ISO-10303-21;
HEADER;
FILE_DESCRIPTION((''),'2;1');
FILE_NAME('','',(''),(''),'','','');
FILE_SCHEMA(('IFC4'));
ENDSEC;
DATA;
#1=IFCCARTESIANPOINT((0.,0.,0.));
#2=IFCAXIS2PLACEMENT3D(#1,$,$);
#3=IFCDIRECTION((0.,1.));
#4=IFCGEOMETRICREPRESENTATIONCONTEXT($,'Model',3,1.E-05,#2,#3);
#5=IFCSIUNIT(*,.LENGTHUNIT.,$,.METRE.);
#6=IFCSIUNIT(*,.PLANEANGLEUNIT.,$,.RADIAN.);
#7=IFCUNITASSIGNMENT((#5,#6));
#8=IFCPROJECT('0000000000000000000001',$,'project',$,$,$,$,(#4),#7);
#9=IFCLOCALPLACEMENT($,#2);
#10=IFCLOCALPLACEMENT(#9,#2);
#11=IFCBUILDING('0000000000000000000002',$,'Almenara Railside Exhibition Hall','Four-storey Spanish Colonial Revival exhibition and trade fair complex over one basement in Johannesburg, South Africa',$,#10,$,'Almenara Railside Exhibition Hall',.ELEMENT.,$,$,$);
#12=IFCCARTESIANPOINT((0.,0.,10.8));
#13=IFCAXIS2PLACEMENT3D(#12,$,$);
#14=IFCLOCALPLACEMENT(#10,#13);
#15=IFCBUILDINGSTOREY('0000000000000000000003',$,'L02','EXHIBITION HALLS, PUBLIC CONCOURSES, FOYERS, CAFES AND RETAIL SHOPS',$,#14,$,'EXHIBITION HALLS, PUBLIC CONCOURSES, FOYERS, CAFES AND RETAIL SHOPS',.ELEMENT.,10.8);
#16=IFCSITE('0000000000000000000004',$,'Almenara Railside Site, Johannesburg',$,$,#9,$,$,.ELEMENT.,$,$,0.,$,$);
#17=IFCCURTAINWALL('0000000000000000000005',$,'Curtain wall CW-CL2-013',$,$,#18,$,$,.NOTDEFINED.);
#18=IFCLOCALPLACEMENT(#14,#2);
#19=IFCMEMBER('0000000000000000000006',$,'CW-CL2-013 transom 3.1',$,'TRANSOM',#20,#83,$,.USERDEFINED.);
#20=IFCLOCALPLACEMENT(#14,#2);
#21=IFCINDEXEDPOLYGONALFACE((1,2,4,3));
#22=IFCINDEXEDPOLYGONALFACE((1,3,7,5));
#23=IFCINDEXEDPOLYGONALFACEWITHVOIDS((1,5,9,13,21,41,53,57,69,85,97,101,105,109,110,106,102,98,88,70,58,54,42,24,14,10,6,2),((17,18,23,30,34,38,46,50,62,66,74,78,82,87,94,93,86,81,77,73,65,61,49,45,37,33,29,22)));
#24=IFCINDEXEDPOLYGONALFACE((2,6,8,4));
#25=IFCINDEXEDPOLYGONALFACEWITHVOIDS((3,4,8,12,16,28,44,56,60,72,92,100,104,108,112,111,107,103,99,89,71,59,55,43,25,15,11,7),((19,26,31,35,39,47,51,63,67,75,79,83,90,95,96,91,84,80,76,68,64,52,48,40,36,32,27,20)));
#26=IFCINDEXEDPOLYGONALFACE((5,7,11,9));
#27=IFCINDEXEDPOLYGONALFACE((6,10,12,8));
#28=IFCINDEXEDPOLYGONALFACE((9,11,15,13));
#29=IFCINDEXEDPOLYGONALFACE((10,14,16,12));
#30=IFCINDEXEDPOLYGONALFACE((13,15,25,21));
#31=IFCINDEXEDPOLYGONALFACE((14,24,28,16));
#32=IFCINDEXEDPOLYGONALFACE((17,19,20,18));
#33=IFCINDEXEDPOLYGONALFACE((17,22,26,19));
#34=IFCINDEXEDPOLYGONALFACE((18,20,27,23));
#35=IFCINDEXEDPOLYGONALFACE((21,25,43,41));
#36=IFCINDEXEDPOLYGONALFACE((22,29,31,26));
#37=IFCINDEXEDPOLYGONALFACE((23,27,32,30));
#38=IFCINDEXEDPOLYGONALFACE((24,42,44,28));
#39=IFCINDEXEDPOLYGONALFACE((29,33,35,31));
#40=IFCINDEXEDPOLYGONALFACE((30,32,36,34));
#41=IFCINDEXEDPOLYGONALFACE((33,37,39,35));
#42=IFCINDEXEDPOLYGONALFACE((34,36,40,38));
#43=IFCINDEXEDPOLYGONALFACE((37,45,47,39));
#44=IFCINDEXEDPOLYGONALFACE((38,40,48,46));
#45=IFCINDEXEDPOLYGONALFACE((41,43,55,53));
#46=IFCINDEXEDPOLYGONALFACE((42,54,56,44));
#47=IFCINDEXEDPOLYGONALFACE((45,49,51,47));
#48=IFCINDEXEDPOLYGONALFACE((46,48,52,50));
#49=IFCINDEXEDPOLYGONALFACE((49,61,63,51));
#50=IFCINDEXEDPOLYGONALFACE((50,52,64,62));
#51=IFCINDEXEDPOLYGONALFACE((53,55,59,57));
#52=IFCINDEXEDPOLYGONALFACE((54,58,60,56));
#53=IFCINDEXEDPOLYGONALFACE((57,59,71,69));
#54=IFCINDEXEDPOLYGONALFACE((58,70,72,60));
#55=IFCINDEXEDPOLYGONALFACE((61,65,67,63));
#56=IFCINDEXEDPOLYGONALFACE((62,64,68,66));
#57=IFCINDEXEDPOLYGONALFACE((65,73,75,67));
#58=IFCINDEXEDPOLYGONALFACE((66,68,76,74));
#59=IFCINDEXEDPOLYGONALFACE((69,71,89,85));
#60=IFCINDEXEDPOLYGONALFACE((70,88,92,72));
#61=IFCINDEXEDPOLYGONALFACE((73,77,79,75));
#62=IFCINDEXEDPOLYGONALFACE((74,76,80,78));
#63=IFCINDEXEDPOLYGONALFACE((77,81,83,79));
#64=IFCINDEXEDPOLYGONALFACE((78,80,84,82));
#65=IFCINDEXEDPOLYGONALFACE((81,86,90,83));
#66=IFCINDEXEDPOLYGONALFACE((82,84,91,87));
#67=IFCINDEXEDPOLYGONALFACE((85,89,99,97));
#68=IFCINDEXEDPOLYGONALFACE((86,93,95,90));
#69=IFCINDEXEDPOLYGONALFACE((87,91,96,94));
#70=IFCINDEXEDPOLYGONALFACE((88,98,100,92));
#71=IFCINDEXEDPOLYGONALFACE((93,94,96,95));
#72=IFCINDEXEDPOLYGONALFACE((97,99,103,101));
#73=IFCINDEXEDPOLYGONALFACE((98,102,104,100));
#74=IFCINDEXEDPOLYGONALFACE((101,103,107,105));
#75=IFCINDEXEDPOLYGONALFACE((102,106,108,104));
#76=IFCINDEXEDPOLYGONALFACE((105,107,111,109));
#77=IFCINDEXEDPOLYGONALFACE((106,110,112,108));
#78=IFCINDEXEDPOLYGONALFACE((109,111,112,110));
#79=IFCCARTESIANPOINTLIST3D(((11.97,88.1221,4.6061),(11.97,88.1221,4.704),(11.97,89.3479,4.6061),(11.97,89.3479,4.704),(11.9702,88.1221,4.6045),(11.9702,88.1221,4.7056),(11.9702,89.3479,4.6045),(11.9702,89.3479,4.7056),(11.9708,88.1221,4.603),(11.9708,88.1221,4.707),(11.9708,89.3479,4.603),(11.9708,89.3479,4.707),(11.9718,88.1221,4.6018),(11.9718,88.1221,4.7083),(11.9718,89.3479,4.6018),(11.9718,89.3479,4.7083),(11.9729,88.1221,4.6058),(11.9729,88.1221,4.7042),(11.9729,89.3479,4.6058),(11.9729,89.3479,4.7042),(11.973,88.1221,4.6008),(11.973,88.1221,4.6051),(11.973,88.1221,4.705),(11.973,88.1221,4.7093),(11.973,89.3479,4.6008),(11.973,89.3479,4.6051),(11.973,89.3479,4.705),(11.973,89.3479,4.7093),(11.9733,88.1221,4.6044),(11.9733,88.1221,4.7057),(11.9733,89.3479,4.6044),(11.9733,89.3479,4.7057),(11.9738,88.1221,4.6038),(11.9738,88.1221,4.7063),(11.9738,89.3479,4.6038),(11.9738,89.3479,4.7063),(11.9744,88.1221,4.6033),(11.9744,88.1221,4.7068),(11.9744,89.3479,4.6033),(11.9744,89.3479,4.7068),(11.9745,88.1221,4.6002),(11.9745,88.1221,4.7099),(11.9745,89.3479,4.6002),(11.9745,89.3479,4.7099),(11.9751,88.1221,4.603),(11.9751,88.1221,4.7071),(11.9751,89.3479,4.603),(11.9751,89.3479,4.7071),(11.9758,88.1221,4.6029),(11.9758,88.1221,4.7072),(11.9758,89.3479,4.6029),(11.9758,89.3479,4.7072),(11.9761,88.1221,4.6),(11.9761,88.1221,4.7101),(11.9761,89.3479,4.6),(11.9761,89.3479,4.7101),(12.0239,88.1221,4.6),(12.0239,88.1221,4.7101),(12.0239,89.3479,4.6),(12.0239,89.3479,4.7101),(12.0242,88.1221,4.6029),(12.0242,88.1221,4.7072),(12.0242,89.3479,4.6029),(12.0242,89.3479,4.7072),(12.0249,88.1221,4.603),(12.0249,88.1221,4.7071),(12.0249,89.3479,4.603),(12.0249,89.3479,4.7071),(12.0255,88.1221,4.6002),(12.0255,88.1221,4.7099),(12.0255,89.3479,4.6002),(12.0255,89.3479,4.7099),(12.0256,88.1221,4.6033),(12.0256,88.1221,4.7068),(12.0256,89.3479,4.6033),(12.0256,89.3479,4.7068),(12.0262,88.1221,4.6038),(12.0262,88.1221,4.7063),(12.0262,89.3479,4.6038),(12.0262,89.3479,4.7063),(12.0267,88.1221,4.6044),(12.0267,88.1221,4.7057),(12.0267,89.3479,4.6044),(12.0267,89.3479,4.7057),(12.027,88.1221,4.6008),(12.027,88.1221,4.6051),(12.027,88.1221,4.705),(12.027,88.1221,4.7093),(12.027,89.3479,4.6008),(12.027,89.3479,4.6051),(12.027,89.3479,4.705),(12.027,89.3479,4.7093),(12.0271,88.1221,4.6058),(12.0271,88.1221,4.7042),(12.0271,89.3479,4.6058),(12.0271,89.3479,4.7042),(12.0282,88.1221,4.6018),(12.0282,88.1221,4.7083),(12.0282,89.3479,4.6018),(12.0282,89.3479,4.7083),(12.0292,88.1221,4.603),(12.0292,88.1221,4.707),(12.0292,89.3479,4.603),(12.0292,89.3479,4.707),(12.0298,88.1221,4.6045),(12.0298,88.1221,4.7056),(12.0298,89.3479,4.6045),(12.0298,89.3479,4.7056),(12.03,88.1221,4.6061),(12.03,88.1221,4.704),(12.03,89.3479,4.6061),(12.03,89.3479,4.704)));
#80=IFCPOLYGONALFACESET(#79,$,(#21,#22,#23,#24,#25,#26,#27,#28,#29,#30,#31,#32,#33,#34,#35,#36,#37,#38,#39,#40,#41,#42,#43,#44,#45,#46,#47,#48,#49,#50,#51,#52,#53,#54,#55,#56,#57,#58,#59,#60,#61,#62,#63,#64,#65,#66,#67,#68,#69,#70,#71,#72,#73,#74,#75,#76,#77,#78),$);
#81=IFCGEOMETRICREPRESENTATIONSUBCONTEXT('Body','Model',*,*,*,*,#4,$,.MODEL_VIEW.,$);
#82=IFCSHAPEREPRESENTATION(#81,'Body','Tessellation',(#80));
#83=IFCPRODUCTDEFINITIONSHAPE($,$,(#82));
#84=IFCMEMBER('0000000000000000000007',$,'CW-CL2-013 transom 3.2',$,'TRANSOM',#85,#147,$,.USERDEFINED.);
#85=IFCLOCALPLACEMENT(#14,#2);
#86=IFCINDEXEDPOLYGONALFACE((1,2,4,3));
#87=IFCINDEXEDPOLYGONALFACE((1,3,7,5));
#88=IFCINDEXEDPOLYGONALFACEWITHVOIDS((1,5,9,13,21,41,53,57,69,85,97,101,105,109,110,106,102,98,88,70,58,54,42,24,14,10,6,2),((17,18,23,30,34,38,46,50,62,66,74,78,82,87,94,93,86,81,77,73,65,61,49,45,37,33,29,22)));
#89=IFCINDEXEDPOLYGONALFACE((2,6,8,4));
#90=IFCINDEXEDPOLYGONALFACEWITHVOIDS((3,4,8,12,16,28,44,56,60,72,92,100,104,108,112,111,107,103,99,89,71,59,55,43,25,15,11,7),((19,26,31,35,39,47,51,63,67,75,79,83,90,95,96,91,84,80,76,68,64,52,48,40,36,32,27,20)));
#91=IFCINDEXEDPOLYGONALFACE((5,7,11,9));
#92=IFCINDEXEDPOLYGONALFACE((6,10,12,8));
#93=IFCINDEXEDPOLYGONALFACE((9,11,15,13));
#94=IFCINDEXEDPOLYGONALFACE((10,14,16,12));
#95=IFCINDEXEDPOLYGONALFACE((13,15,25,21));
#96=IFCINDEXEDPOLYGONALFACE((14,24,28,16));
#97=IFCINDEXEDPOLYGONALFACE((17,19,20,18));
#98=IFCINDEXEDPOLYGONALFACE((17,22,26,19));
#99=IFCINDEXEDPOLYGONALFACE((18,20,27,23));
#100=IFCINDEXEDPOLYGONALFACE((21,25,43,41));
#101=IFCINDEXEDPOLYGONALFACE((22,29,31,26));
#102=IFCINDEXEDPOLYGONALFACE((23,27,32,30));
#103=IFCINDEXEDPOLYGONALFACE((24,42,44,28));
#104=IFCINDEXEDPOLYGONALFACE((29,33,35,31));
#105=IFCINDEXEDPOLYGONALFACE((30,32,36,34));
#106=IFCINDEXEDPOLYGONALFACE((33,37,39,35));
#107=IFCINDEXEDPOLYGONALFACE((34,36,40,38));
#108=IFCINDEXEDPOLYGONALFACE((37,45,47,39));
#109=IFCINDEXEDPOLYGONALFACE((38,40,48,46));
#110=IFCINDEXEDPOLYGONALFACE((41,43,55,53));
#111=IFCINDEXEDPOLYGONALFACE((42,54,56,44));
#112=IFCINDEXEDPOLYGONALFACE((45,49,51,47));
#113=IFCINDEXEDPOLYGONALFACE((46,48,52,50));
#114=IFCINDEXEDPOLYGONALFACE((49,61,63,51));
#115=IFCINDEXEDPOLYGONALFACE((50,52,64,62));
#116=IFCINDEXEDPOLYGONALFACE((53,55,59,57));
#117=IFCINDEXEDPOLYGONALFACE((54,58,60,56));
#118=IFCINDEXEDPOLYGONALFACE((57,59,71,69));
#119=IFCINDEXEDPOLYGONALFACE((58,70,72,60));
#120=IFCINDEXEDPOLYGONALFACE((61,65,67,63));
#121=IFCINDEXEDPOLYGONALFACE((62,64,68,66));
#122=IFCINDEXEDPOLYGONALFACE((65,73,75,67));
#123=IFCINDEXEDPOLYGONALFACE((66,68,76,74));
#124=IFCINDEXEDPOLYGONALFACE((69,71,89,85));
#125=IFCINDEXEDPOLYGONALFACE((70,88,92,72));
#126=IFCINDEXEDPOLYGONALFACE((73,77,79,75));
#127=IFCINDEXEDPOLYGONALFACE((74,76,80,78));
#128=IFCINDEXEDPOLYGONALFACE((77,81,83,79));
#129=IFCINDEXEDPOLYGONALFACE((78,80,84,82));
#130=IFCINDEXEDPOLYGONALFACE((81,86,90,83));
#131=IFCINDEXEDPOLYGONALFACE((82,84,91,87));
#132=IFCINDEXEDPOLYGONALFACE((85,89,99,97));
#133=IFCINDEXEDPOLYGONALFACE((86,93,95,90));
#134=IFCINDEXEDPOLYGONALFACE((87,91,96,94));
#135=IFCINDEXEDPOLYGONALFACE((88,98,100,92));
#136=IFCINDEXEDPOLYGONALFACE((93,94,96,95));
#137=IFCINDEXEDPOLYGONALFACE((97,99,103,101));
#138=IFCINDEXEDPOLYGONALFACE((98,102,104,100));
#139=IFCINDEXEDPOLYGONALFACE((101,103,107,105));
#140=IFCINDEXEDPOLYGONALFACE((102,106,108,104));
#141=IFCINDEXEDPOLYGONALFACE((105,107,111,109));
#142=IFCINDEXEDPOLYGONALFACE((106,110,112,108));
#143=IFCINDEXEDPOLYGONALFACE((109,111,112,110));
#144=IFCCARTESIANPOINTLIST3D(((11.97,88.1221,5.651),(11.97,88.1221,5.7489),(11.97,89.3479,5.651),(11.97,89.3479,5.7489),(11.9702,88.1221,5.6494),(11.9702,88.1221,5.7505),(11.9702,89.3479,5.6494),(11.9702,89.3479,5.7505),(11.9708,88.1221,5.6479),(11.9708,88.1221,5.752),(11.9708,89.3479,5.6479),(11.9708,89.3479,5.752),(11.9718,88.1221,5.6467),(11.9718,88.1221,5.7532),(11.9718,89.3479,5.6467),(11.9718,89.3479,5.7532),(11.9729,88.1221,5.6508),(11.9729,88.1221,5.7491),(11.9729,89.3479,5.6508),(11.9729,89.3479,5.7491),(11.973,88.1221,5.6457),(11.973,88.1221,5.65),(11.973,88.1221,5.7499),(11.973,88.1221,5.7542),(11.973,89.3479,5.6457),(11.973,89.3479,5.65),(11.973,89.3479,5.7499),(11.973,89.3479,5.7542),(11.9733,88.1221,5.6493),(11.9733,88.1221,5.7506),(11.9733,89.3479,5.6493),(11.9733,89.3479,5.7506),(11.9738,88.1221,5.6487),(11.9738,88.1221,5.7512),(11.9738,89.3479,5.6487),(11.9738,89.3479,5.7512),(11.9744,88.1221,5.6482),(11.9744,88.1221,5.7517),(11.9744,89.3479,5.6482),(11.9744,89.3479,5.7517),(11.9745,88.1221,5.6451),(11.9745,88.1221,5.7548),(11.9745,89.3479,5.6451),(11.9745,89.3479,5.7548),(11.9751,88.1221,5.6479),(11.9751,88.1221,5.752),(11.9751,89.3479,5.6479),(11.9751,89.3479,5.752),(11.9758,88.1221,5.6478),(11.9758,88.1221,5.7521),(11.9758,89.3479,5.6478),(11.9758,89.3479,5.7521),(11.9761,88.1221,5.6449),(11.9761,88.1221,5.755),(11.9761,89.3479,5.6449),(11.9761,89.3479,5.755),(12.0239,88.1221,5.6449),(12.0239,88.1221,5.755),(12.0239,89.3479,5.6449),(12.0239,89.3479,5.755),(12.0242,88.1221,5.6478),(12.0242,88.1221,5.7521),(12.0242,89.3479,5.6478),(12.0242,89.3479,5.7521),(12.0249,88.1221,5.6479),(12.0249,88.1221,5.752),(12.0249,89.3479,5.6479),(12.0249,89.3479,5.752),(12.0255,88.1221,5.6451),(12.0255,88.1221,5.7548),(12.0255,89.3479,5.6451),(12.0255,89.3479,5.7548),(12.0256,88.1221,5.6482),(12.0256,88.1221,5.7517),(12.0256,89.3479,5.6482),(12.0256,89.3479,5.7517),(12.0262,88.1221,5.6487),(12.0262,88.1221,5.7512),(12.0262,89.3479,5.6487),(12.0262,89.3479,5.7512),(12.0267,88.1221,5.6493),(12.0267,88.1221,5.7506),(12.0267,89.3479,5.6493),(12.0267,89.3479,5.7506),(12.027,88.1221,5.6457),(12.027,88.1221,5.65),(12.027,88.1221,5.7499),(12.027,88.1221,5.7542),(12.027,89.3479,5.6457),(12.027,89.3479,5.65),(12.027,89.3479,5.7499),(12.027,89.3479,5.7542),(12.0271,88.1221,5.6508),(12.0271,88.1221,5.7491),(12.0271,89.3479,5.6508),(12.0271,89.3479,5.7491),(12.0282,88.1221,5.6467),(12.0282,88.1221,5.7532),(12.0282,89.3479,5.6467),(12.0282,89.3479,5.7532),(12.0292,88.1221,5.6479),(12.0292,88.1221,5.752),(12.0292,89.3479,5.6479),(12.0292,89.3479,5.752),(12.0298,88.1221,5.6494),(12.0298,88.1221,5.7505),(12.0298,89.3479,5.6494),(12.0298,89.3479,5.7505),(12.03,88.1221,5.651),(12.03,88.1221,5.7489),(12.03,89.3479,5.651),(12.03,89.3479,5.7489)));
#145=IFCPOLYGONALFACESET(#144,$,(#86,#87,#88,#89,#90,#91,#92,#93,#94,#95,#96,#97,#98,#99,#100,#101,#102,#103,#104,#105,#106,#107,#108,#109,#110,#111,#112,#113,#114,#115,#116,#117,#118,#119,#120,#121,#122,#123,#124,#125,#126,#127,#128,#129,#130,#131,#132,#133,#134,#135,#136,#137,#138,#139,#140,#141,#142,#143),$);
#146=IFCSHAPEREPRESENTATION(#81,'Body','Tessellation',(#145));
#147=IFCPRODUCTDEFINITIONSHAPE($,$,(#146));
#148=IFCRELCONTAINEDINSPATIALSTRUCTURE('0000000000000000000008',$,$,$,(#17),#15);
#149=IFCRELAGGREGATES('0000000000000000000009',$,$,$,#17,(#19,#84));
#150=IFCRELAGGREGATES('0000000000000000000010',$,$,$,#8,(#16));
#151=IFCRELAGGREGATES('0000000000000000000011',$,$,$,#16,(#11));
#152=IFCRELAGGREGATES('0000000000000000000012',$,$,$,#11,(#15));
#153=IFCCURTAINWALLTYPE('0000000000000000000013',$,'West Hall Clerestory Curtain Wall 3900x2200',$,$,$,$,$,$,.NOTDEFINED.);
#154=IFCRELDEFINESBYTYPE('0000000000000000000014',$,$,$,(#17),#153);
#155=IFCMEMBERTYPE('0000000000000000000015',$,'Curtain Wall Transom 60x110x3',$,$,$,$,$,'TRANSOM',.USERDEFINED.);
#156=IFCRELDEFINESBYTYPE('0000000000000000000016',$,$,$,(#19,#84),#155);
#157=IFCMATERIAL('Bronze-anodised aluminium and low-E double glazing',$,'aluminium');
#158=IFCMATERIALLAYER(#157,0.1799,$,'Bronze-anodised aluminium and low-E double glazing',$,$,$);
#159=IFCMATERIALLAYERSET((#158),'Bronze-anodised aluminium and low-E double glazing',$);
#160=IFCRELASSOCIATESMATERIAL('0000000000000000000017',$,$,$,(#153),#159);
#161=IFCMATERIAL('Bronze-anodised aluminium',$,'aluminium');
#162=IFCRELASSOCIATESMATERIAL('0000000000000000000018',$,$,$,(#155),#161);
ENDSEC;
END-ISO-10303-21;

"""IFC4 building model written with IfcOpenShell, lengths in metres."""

from ifc_helpers import new_model, si_unit, direction, frame, origin, origin_2d, place, context, subcontext, project, spatial, hollow_rectangle, extrude, material, layer, layer_set, material_profile, profile_set, type_object, element, aggregate, save


model = new_model("IFC4")

# Units and contexts
model_context = context("Model", 3, precision=1e-05, world=origin(), true_north=direction((0.0, 1.0)))
body_context = subcontext(model_context, "Body", "Model", "MODEL_VIEW")
ifc_project = project(units=[si_unit("LENGTHUNIT", "METRE"), si_unit("PLANEANGLEUNIT", "RADIAN")], contexts=[model_context])

# Site, building, storey
site_placement = place(None, origin())
site = spatial("IfcSite", under=ifc_project, at=site_placement, Name="Almenara Railside Site, Johannesburg", CompositionType="ELEMENT", RefElevation=0.0)
building_placement = place(site_placement, origin())
building = spatial("IfcBuilding", under=site, at=building_placement, Name="Almenara Railside Exhibition Hall", Description="Four-storey Spanish Colonial Revival exhibition and trade fair complex over one basement in Johannesburg, South Africa", LongName="Almenara Railside Exhibition Hall", CompositionType="ELEMENT")
storey_placement = place(building_placement, frame((0.0, 0.0, 10.8)))
storey = spatial("IfcBuildingStorey", under=building, at=storey_placement, Name="L02", Description="EXHIBITION HALLS, PUBLIC CONCOURSES, FOYERS, CAFES AND RETAIL SHOPS", LongName="EXHIBITION HALLS, PUBLIC CONCOURSES, FOYERS, CAFES AND RETAIL SHOPS", CompositionType="ELEMENT", Elevation=10.8)

# Curtain wall
ifc_material_1 = material(Name="Bronze-anodised aluminium and low-E double glazing", Category="aluminium")
ifc_layer_1 = layer(ifc_material_1, 0.1799, Name="Bronze-anodised aluminium and low-E double glazing")
ifc_layer_set_1 = layer_set([ifc_layer_1], Name="Bronze-anodised aluminium and low-E double glazing")
curtain_wall_type_1 = type_object("IfcCurtainWallType", Name="West Hall Clerestory Curtain Wall 3900x2200", PredefinedType="NOTDEFINED", material=ifc_layer_set_1)
ifc_material_2 = material(Name="Bronze-anodised aluminium", Category="aluminium")
curtain_wall_1_placement = place(storey_placement, origin())
curtain_wall_1 = element("IfcCurtainWall", 1, at=curtain_wall_1_placement, inside=storey, type_object=curtain_wall_type_1, Name="Curtain wall CW-CL2-013", PredefinedType="NOTDEFINED")

# Members
ifc_material_profile_1 = material_profile(ifc_material_2, hollow_rectangle(XDim=0.0601, YDim=0.1101, WallThickness=0.0029, InnerFilletRadius=0.0029, OuterFilletRadius=0.0061, at=origin_2d()), Name="ALU-TRN 60x110x3")
ifc_profile_set_1 = profile_set([ifc_material_profile_1], Name="Bronze-anodised aluminium")
member_type_1 = type_object("IfcMemberType", Name="Curtain Wall Transom 60x110x3", ElementType="TRANSOM", PredefinedType="USERDEFINED", material=ifc_profile_set_1)
member_1_placement = place(storey_placement, frame((12.0, 88.1221, 4.655), z_axis=(0.0, 1.0, 0.0), x_axis=(-1.0, 0.0, 0.0)))
member_1 = element("IfcMember", 2, at=member_1_placement, type_object=member_type_1, Name="CW-CL2-013 transom 3.1", ObjectType="TRANSOM", PredefinedType="USERDEFINED", context=body_context, shape_type="SweptSolid", body=[
    extrude(hollow_rectangle(XDim=0.0601, YDim=0.1101, WallThickness=0.0029, InnerFilletRadius=0.0029, OuterFilletRadius=0.0061, at=origin_2d()), origin(), (0.0, 0.0, 1.0), 1.2258),
])
member_2_placement = place(storey_placement, frame((12.0, 88.1221, 5.7), z_axis=(0.0, 1.0, 0.0), x_axis=(-1.0, 0.0, 0.0)))
member_2 = element("IfcMember", 3, at=member_2_placement, type_object=member_type_1, Name="CW-CL2-013 transom 3.2", ObjectType="TRANSOM", PredefinedType="USERDEFINED", context=body_context, shape_type="SweptSolid", body=[
    extrude(hollow_rectangle(XDim=0.0601, YDim=0.1101, WallThickness=0.0029, InnerFilletRadius=0.0029, OuterFilletRadius=0.0061, at=origin_2d()), origin(), (0.0, 0.0, 1.0), 1.2258),
])

aggregate(curtain_wall_1, [member_1, member_2])

save(model, "model.ifc")
